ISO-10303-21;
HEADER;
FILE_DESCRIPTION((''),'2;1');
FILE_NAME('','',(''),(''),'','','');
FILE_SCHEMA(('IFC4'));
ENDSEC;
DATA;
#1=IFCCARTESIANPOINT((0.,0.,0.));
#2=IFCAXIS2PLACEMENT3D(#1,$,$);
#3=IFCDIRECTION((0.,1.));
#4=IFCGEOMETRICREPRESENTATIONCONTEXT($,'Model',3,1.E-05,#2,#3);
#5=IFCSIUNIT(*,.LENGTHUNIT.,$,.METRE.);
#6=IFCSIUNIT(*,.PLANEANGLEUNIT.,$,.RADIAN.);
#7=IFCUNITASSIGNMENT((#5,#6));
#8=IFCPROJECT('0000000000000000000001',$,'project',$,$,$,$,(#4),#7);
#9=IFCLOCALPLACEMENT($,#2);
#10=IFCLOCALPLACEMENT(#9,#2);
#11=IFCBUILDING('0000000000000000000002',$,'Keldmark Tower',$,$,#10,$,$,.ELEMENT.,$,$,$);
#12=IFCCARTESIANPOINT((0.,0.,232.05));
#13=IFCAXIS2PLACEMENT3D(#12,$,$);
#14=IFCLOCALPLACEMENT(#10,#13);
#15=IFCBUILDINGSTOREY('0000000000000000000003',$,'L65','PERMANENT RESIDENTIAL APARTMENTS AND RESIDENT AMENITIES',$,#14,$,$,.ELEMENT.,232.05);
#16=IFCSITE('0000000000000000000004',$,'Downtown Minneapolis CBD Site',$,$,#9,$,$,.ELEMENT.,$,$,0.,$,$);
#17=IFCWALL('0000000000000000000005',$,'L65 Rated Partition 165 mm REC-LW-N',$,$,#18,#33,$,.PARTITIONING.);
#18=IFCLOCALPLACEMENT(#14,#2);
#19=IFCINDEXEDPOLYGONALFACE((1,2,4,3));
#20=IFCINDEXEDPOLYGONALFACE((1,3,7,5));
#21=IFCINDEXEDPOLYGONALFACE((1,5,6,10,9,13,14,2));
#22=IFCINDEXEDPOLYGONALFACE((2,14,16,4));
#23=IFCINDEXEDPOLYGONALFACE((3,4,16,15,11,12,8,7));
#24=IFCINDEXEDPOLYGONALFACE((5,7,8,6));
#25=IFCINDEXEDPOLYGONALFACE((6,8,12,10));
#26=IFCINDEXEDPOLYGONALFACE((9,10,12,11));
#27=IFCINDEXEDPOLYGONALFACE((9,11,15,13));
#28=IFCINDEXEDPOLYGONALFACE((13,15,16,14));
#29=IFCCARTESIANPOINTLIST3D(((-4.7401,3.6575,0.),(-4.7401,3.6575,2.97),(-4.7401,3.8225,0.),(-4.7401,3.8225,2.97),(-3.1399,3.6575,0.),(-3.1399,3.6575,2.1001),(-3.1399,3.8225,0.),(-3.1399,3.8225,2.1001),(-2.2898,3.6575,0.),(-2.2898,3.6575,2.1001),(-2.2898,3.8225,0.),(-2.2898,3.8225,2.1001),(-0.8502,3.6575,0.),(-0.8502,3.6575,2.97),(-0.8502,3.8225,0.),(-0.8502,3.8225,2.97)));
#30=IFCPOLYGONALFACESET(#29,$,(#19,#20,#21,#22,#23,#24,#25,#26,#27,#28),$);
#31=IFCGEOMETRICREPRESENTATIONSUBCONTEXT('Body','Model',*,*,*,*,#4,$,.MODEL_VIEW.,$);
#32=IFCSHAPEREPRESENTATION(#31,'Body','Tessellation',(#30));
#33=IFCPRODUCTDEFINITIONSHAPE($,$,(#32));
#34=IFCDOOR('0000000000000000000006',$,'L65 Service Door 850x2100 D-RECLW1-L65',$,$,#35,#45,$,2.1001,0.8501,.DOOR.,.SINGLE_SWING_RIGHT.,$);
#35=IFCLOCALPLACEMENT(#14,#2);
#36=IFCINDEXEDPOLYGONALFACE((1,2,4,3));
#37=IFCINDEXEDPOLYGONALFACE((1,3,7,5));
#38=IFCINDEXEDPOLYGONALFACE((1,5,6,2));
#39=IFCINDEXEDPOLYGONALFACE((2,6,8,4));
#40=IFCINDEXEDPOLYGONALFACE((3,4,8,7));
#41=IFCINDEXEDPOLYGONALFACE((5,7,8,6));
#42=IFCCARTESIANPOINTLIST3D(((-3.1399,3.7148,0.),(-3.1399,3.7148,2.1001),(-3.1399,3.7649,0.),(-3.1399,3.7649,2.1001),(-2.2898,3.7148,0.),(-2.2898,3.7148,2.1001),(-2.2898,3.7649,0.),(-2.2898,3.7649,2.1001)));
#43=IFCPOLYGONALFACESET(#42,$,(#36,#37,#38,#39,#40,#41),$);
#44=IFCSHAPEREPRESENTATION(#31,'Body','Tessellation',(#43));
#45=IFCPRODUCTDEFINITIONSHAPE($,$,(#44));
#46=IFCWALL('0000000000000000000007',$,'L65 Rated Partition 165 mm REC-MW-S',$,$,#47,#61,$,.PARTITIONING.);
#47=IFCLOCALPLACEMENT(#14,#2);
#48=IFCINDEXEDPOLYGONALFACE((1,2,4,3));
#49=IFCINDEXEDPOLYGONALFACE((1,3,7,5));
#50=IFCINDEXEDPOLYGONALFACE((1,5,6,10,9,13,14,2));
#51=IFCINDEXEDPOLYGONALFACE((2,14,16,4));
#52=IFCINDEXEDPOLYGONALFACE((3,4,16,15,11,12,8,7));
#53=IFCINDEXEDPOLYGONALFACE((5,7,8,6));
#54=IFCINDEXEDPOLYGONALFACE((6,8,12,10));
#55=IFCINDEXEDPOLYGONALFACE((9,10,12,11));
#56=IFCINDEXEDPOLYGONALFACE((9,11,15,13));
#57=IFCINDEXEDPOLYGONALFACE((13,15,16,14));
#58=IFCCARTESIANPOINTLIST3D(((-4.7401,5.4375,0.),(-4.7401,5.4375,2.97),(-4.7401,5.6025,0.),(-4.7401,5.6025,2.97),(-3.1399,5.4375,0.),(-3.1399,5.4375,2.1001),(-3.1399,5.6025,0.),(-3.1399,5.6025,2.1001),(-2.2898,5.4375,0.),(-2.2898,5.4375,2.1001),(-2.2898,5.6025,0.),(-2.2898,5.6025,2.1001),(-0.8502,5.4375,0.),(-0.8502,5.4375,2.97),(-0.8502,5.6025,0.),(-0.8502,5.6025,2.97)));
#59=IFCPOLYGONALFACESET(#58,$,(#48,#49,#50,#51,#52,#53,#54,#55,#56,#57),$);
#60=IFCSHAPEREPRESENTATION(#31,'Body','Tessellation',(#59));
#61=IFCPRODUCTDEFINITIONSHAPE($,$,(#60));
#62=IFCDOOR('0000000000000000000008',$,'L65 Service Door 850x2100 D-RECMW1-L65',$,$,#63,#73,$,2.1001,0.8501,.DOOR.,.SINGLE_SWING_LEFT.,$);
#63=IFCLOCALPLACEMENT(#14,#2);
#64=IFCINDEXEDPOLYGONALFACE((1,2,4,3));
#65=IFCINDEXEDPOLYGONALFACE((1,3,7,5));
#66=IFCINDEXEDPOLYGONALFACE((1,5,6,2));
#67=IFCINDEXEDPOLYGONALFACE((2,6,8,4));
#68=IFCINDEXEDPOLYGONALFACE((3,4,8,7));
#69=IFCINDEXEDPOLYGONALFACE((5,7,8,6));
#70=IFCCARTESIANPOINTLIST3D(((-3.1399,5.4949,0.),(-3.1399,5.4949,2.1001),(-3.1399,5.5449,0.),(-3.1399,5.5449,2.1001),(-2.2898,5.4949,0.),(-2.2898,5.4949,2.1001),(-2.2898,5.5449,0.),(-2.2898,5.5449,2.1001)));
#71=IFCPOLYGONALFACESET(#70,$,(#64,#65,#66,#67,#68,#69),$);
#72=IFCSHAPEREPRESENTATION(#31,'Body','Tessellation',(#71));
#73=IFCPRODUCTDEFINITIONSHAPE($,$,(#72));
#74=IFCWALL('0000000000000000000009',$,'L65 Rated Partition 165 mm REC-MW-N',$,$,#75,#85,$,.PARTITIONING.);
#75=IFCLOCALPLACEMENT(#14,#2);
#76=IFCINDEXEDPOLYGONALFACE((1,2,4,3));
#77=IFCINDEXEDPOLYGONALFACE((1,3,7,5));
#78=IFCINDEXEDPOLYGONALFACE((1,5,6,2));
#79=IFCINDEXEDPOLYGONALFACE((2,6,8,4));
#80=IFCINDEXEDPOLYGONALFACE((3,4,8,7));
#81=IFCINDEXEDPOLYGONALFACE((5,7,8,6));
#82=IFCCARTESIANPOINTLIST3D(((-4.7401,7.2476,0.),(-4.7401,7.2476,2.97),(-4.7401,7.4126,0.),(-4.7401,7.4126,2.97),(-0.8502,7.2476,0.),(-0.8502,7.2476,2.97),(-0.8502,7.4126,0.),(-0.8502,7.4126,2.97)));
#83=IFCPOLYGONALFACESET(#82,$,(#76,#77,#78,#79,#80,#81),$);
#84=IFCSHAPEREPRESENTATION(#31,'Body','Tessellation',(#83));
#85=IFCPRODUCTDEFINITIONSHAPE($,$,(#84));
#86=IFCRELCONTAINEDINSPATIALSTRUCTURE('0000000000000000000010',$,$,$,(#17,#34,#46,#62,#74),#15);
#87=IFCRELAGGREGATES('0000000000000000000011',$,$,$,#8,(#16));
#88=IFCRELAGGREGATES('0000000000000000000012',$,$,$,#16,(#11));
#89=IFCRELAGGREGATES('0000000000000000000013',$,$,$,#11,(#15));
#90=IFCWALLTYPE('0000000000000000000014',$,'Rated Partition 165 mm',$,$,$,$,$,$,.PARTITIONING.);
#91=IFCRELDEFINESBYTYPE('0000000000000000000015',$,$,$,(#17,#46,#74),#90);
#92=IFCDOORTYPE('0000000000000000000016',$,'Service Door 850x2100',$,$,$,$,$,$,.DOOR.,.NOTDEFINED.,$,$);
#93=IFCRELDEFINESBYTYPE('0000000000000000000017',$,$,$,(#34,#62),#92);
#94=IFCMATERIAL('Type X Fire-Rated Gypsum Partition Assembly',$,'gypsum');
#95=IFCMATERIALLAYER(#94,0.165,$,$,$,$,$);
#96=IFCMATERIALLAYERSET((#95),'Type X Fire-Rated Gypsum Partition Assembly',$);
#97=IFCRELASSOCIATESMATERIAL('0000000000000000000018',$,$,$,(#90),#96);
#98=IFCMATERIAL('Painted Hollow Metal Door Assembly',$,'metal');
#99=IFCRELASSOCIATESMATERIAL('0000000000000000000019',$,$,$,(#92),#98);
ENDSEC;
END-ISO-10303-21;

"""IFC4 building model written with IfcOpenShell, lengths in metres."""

from ifc_helpers import new_model, si_unit, direction, frame, frame_2d, origin, place, context, subcontext, project, spatial, rectangle, extrude, material, layer, layer_set, type_object, element, fill, save


model = new_model("IFC4")

# Units and contexts
model_context = context("Model", 3, precision=1e-05, world=origin(), true_north=direction((0.0, 1.0)))
body_context = subcontext(model_context, "Body", "Model", "MODEL_VIEW")
ifc_project = project(units=[si_unit("LENGTHUNIT", "METRE"), si_unit("PLANEANGLEUNIT", "RADIAN")], contexts=[model_context])

# Site, building, storey
site_placement = place(None, origin())
site = spatial("IfcSite", under=ifc_project, at=site_placement, Name="Downtown Minneapolis CBD Site", CompositionType="ELEMENT", RefElevation=0.0)
building_placement = place(site_placement, origin())
building = spatial("IfcBuilding", under=site, at=building_placement, Name="Keldmark Tower", CompositionType="ELEMENT")
storey_placement = place(building_placement, frame((0.0, 0.0, 232.05)))
storey = spatial("IfcBuildingStorey", under=building, at=storey_placement, Name="L65", Description="PERMANENT RESIDENTIAL APARTMENTS AND RESIDENT AMENITIES", CompositionType="ELEMENT", Elevation=232.05)

# Shared definitions
ifc_material_1 = material(Name="Type X Fire-Rated Gypsum Partition Assembly", Category="gypsum")
ifc_layer_1 = layer(ifc_material_1, 0.165)
ifc_layer_set_1 = layer_set([ifc_layer_1], Name="Type X Fire-Rated Gypsum Partition Assembly")
wall_type_1 = type_object("IfcWallType", Name="Rated Partition 165 mm", PredefinedType="PARTITIONING", material=ifc_layer_set_1)

# Walls, openings, doors
wall_1_placement = place(storey_placement, frame((-4.74, 3.74, 0.0), z_axis=(0.0, 0.0, 1.0), x_axis=(1.0, 0.0, 0.0)))
wall_1 = element("IfcWall", 1, at=wall_1_placement, inside=storey, type_object=wall_type_1, Name="L65 Rated Partition 165 mm REC-LW-N", PredefinedType="PARTITIONING", context=body_context, shape_type="SweptSolid", body=[
    extrude(rectangle(XDim=3.8899, YDim=0.165, at=frame_2d((1.9448, 0.0))), origin(), (0.0, 0.0, 1.0), 2.97),
])
opening_1_placement = place(wall_1_placement, frame((1.6001, 0.0, 0.0)))
opening_1 = element("IfcOpeningElement", 2, at=opening_1_placement, cuts=wall_1, PredefinedType="OPENING", context=body_context, shape_type="SweptSolid", body=[
    extrude(rectangle(XDim=0.8501, YDim=2.1001, at=frame_2d((0.425, 1.05))), frame((0.0, 0.0925, 0.0), z_axis=(0.0, -1.0, 0.0), x_axis=(1.0, 0.0, 0.0)), (0.0, 0.0, 1.0), 0.1851),
])
ifc_material_2 = material(Name="Painted Hollow Metal Door Assembly", Category="metal")
door_type_1 = type_object("IfcDoorType", Name="Service Door 850x2100", OperationType="NOTDEFINED", PredefinedType="DOOR", material=ifc_material_2)
door_1_placement = place(opening_1_placement, origin())
door_1 = element("IfcDoor", 3, at=door_1_placement, inside=storey, type_object=door_type_1, Name="L65 Service Door 850x2100 D-RECLW1-L65", OperationType="SINGLE_SWING_RIGHT", OverallHeight=2.1001, OverallWidth=0.8501, PredefinedType="DOOR", context=body_context, shape_type="SweptSolid", body=[
    extrude(rectangle(XDim=0.8501, YDim=2.1001, at=frame_2d((0.425, 1.05))), frame((0.0, 0.0249, 0.0), z_axis=(0.0, -1.0, 0.0), x_axis=(1.0, 0.0, 0.0)), (0.0, 0.0, 1.0), 0.05),
])
fill(opening_1, door_1)
wall_2_placement = place(storey_placement, frame((-4.74, 5.52, 0.0), z_axis=(0.0, 0.0, 1.0), x_axis=(1.0, 0.0, 0.0)))
wall_2 = element("IfcWall", 4, at=wall_2_placement, inside=storey, type_object=wall_type_1, Name="L65 Rated Partition 165 mm REC-MW-S", PredefinedType="PARTITIONING", context=body_context, shape_type="SweptSolid", body=[
    extrude(rectangle(XDim=3.8899, YDim=0.165, at=frame_2d((1.9448, 0.0))), origin(), (0.0, 0.0, 1.0), 2.97),
])
opening_2_placement = place(wall_2_placement, frame((1.6001, 0.0, 0.0)))
opening_2 = element("IfcOpeningElement", 5, at=opening_2_placement, cuts=wall_2, PredefinedType="OPENING", context=body_context, shape_type="SweptSolid", body=[
    extrude(rectangle(XDim=0.8501, YDim=2.1001, at=frame_2d((0.425, 1.05))), frame((0.0, 0.0925, 0.0), z_axis=(0.0, -1.0, 0.0), x_axis=(1.0, 0.0, 0.0)), (0.0, 0.0, 1.0), 0.1851),
])
door_2_placement = place(opening_2_placement, origin())
door_2 = element("IfcDoor", 6, at=door_2_placement, inside=storey, type_object=door_type_1, Name="L65 Service Door 850x2100 D-RECMW1-L65", OperationType="SINGLE_SWING_LEFT", OverallHeight=2.1001, OverallWidth=0.8501, PredefinedType="DOOR", context=body_context, shape_type="SweptSolid", body=[
    extrude(rectangle(XDim=0.8501, YDim=2.1001, at=frame_2d((0.425, 1.05))), frame((0.0, 0.0249, 0.0), z_axis=(0.0, -1.0, 0.0), x_axis=(1.0, 0.0, 0.0)), (0.0, 0.0, 1.0), 0.05),
])
fill(opening_2, door_2)

# Wall
wall_3_placement = place(storey_placement, frame((-4.74, 7.3301, 0.0), z_axis=(0.0, 0.0, 1.0), x_axis=(1.0, 0.0, 0.0)))
element("IfcWall", 7, at=wall_3_placement, inside=storey, type_object=wall_type_1, Name="L65 Rated Partition 165 mm REC-MW-N", PredefinedType="PARTITIONING", context=body_context, shape_type="SweptSolid", body=[
    extrude(rectangle(XDim=3.8899, YDim=0.165, at=frame_2d((1.9448, 0.0))), origin(), (0.0, 0.0, 1.0), 2.97),
])

save(model, "model.ifc")
